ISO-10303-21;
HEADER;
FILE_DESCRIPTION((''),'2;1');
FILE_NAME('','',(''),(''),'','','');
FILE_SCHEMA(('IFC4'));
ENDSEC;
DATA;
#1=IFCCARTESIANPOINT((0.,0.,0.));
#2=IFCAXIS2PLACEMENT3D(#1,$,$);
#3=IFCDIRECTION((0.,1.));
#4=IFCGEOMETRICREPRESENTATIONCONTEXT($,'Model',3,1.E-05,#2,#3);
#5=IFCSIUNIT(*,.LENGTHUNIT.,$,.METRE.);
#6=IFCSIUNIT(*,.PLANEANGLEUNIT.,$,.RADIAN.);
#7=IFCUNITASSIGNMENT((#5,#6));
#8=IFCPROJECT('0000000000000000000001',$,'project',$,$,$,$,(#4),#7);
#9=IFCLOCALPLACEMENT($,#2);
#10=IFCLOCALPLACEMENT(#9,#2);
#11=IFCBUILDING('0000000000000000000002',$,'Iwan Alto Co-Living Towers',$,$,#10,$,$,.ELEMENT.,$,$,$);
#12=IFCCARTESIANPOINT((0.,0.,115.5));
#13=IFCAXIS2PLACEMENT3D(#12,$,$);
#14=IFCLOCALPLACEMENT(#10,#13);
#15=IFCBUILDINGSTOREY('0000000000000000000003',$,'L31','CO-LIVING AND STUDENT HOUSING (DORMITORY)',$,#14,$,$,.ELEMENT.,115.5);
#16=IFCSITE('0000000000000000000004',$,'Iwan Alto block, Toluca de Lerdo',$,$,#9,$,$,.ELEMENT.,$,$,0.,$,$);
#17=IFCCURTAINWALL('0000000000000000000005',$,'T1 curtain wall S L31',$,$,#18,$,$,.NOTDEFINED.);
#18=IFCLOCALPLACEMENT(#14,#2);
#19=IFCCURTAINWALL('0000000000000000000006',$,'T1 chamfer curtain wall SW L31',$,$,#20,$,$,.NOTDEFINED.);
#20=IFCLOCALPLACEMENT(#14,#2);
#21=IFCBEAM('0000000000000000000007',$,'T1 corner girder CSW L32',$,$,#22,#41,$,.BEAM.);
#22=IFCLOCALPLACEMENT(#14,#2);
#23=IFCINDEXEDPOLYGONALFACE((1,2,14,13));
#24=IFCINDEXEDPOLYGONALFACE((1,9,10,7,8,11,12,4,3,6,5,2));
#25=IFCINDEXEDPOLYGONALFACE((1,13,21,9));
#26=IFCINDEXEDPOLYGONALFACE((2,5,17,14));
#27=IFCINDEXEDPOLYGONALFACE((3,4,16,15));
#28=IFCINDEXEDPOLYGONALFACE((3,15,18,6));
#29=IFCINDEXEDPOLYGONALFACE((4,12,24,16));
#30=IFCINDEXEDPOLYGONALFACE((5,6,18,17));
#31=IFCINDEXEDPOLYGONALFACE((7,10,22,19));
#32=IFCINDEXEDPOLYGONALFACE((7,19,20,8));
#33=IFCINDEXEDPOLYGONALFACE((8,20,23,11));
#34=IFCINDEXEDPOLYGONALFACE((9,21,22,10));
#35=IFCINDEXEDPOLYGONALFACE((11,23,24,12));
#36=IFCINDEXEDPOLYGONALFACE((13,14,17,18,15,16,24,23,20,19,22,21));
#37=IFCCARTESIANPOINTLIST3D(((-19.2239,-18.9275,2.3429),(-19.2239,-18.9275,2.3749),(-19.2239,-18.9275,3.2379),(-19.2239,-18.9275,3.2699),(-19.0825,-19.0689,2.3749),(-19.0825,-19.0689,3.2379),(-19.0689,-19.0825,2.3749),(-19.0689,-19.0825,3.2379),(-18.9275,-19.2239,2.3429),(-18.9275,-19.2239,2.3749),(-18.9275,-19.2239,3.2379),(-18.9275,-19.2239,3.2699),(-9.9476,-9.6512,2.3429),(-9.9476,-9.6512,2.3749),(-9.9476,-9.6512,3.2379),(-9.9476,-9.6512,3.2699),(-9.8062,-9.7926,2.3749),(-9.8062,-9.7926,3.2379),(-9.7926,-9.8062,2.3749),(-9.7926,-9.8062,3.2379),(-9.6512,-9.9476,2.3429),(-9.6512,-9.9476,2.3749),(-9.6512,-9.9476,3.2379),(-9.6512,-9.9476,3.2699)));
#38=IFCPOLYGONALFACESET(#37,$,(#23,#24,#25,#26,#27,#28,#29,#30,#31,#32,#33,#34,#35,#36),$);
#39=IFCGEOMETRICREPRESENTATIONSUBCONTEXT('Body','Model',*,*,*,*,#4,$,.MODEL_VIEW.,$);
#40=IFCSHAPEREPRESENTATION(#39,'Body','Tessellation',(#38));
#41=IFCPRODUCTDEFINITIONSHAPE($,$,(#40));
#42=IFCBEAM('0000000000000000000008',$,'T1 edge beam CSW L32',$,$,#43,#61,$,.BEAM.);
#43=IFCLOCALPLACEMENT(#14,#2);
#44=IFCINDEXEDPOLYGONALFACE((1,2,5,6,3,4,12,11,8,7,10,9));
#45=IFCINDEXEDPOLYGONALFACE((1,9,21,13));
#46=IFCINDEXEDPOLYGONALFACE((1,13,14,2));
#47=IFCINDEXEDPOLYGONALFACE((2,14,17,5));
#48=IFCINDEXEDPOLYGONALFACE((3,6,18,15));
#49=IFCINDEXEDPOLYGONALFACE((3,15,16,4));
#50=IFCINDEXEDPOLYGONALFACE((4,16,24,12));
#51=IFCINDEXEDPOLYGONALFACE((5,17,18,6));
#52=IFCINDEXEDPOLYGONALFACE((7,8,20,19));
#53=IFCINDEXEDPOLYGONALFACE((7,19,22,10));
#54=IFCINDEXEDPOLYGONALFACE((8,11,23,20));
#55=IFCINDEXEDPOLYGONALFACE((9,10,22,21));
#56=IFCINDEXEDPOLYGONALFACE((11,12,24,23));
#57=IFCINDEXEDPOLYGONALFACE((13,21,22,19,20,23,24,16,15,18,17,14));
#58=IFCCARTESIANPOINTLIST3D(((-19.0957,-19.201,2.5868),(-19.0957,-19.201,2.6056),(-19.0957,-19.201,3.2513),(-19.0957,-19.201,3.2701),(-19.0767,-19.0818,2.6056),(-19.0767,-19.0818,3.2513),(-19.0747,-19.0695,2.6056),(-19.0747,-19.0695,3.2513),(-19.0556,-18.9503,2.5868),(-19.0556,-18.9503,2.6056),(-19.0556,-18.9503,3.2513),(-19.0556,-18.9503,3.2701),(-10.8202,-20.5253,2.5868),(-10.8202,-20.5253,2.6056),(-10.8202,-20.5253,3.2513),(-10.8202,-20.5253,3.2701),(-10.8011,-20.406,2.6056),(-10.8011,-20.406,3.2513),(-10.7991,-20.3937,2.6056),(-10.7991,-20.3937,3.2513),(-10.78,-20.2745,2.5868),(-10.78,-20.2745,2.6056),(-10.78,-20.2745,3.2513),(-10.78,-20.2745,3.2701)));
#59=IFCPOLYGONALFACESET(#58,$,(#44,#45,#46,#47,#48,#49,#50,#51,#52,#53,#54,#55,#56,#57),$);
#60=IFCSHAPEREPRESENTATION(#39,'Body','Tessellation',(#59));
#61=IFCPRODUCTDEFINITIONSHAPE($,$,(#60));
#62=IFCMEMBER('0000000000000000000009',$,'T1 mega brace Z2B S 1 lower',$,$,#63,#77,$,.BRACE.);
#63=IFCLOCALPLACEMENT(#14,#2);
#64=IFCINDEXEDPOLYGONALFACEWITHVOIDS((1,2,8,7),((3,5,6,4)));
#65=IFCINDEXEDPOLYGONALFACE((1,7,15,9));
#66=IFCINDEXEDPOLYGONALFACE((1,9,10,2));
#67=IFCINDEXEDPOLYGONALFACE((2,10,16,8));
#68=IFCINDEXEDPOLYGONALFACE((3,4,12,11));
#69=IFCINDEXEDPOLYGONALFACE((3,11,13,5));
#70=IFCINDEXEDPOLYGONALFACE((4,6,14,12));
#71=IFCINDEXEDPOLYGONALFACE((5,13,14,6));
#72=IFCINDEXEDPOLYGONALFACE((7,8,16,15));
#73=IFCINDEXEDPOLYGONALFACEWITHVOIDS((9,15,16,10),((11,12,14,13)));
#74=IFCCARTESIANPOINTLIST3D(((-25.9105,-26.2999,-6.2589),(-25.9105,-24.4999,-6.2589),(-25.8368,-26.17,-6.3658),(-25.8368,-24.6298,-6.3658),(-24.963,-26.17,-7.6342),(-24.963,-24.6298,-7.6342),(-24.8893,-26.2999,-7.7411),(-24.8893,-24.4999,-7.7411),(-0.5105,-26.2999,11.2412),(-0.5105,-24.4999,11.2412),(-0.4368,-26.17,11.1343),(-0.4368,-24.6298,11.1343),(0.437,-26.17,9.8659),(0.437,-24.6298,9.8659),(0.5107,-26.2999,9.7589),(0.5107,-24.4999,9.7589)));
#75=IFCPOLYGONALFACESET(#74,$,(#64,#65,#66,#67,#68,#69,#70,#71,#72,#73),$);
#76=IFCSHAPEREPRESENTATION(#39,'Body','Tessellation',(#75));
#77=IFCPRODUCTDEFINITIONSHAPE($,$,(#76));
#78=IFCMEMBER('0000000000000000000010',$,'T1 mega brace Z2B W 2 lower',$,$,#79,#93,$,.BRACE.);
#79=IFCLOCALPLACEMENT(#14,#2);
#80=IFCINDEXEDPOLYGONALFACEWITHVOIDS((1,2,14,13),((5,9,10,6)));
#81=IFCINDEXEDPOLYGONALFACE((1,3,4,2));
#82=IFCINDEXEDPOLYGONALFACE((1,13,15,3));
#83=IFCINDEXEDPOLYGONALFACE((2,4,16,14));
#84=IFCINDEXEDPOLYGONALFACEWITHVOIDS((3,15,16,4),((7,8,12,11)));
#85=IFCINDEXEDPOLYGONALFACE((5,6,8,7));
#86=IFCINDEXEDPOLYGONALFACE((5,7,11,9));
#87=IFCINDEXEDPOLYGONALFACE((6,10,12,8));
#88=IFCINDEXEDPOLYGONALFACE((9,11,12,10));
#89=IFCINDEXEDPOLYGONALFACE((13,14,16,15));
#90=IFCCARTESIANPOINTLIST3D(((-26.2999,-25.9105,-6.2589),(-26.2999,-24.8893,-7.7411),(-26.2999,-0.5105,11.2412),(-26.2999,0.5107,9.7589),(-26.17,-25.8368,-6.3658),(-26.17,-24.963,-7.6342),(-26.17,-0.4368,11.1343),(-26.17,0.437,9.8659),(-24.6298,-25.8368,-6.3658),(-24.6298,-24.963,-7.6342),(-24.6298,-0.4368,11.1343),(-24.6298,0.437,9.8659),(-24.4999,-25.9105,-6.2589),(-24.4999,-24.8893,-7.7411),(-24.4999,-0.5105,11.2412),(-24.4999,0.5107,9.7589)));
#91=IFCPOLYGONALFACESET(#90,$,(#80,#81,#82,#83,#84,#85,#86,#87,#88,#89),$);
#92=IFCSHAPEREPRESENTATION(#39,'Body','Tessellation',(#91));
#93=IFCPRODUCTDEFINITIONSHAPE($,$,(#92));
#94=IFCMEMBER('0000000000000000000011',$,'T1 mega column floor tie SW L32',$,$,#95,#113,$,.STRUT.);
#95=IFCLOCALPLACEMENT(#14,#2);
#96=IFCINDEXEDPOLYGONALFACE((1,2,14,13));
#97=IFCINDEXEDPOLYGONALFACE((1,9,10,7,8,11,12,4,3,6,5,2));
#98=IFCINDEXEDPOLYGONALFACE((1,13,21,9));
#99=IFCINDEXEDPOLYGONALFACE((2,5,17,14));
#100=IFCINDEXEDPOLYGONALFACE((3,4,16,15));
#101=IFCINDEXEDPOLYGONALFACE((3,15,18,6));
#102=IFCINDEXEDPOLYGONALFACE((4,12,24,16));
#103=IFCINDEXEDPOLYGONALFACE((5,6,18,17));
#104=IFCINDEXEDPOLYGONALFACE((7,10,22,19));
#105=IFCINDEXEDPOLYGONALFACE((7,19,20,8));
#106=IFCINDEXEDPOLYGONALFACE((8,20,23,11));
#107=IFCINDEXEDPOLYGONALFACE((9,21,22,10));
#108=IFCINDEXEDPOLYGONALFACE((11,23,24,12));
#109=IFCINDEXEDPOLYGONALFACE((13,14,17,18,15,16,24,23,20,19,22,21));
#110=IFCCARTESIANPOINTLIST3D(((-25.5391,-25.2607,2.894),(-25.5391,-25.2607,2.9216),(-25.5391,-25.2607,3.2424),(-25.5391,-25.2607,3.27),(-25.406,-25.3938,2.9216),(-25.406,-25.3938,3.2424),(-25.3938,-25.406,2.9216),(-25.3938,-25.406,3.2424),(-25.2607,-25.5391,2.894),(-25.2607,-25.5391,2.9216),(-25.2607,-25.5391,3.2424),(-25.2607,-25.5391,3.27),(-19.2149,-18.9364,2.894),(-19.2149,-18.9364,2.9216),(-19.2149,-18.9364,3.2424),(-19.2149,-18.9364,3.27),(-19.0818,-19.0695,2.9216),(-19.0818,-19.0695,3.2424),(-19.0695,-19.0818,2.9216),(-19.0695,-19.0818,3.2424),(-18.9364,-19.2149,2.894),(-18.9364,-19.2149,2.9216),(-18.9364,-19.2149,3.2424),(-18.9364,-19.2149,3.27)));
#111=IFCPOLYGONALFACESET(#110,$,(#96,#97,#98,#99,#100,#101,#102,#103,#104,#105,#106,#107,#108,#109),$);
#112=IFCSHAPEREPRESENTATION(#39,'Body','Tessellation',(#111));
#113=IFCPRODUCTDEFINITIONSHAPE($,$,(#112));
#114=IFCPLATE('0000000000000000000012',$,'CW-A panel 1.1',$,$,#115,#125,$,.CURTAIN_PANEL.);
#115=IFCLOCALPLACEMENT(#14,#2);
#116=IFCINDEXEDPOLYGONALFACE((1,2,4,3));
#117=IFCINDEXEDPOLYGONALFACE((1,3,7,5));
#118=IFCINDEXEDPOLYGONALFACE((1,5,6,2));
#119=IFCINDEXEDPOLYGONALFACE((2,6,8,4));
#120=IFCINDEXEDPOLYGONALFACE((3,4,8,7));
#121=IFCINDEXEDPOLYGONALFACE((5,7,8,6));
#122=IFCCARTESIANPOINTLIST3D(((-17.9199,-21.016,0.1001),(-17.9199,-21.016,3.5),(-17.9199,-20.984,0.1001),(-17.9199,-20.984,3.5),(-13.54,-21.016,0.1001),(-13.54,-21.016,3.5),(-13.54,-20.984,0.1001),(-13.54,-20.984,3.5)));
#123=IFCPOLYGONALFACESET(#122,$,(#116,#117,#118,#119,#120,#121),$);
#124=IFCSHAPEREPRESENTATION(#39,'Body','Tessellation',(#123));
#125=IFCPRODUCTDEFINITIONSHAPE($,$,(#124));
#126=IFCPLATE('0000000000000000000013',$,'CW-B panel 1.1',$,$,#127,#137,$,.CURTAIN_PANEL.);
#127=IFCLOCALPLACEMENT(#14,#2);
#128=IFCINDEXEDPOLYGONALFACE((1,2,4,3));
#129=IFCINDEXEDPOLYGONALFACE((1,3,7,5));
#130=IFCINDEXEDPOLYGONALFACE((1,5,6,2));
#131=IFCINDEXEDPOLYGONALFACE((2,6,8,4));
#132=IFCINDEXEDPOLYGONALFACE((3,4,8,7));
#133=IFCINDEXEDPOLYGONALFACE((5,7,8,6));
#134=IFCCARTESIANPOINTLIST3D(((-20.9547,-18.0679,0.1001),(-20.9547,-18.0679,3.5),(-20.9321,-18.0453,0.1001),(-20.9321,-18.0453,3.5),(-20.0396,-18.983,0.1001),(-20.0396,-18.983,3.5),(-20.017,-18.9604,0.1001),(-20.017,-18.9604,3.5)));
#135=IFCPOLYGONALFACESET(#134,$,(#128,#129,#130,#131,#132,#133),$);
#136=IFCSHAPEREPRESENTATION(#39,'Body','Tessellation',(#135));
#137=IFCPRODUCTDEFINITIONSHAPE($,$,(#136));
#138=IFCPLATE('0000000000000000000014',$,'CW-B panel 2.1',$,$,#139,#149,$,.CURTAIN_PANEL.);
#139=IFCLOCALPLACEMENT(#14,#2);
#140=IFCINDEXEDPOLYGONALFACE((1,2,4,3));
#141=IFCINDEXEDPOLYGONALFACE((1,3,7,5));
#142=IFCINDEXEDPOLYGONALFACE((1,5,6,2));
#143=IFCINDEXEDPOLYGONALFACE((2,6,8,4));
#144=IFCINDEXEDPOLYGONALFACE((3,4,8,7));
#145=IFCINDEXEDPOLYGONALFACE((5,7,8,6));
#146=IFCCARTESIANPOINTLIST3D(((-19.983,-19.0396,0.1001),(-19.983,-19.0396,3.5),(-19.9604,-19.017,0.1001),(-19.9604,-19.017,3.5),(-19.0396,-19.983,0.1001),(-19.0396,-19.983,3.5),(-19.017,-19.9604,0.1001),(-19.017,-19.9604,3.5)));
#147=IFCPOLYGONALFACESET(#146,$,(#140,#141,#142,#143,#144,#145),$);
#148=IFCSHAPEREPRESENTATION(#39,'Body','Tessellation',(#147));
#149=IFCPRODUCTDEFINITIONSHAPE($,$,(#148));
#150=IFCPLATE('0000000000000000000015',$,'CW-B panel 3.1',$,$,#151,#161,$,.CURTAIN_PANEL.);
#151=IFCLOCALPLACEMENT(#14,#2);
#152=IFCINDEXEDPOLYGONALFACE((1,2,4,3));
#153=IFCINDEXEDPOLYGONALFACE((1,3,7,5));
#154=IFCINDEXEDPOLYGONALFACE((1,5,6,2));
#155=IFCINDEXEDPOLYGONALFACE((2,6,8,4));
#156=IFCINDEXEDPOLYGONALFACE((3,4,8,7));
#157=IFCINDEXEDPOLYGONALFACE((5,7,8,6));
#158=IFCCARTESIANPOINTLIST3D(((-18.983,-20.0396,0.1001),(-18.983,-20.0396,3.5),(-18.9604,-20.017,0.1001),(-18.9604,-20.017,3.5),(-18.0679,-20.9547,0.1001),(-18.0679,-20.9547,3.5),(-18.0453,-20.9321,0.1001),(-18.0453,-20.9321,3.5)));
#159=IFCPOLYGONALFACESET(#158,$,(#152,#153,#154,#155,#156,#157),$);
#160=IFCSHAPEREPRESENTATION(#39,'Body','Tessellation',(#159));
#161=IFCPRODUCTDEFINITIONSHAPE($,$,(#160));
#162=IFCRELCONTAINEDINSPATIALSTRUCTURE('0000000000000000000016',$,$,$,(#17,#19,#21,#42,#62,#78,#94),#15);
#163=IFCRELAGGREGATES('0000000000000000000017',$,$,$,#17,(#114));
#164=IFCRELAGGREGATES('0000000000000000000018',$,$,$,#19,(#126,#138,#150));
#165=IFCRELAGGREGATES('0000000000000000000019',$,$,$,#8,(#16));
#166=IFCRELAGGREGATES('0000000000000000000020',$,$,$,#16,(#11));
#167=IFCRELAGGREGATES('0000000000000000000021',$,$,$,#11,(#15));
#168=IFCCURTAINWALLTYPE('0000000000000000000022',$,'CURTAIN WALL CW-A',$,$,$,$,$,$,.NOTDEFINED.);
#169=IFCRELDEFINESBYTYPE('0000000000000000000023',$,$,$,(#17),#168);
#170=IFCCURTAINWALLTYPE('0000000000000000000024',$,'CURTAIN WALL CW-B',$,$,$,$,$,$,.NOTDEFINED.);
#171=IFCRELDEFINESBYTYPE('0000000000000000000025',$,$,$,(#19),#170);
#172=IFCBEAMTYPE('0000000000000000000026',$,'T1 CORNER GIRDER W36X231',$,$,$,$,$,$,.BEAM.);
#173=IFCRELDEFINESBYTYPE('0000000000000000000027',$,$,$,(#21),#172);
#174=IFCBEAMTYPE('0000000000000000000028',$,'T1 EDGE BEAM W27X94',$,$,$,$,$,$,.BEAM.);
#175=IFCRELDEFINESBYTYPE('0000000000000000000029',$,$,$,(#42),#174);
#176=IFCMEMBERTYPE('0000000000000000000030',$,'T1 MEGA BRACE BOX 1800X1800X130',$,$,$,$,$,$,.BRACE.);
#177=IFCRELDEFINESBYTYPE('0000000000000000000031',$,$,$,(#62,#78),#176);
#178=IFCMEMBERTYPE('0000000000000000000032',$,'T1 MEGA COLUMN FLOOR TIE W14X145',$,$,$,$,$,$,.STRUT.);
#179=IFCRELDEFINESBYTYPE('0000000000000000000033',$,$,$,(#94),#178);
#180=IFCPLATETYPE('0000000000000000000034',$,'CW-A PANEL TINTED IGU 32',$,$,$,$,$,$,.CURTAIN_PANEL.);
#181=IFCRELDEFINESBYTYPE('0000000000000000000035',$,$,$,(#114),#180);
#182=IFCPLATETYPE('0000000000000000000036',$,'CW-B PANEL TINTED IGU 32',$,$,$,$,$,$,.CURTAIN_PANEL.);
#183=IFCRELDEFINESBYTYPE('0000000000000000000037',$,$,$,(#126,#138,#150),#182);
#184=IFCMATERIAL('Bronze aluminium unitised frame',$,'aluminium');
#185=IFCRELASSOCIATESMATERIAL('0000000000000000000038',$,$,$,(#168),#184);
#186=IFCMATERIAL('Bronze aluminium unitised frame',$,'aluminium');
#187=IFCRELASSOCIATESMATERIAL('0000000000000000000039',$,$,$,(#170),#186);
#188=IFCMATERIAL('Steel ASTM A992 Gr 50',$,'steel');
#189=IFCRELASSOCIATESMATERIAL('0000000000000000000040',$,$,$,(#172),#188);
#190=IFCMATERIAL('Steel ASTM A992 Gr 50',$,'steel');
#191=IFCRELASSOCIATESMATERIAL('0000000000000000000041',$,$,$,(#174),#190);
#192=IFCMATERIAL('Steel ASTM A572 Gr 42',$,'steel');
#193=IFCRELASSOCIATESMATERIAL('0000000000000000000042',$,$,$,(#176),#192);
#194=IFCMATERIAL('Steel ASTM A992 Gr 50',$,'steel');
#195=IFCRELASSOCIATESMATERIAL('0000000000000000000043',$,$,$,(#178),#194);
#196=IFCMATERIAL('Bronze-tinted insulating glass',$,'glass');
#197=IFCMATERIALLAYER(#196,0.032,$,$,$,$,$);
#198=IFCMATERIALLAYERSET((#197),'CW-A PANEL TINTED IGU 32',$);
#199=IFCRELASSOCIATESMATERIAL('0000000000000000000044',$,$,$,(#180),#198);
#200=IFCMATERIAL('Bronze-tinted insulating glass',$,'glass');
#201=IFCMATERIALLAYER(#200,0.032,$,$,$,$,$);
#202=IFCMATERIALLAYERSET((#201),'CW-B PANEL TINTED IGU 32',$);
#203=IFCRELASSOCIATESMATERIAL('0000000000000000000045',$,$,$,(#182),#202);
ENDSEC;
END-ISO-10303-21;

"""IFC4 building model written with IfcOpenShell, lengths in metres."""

from ifc_helpers import new_model, si_unit, direction, frame, origin, origin_2d, place, context, subcontext, project, spatial, rectangle, hollow_rectangle, i_section, extrude, material, layer, layer_set, material_profile, profile_set, type_object, element, aggregate, save


model = new_model("IFC4")

# Units and contexts
model_context = context("Model", 3, precision=1e-05, world=origin(), true_north=direction((0.0, 1.0)))
body_context = subcontext(model_context, "Body", "Model", "MODEL_VIEW")
ifc_project = project(units=[si_unit("LENGTHUNIT", "METRE"), si_unit("PLANEANGLEUNIT", "RADIAN")], contexts=[model_context])

# Site, building, storey
site_placement = place(None, origin())
site = spatial("IfcSite", under=ifc_project, at=site_placement, Name="Iwan Alto block, Toluca de Lerdo", CompositionType="ELEMENT", RefElevation=0.0)
building_placement = place(site_placement, origin())
building = spatial("IfcBuilding", under=site, at=building_placement, Name="Iwan Alto Co-Living Towers", CompositionType="ELEMENT")
storey_placement = place(building_placement, frame((0.0, 0.0, 115.5)))
storey = spatial("IfcBuildingStorey", under=building, at=storey_placement, Name="L31", Description="CO-LIVING AND STUDENT HOUSING (DORMITORY)", CompositionType="ELEMENT", Elevation=115.5)

# Curtain walls
ifc_material_1 = material(Name="Bronze aluminium unitised frame", Category="aluminium")
curtain_wall_type_1 = type_object("IfcCurtainWallType", Name="CURTAIN WALL CW-A", PredefinedType="NOTDEFINED", material=ifc_material_1)
curtain_wall_1_placement = place(storey_placement, origin())
curtain_wall_1 = element("IfcCurtainWall", 1, at=curtain_wall_1_placement, inside=storey, type_object=curtain_wall_type_1, Name="T1 curtain wall S L31", PredefinedType="NOTDEFINED")
ifc_material_2 = material(Name="Bronze aluminium unitised frame", Category="aluminium")
curtain_wall_type_2 = type_object("IfcCurtainWallType", Name="CURTAIN WALL CW-B", PredefinedType="NOTDEFINED", material=ifc_material_2)
curtain_wall_2_placement = place(storey_placement, origin())
curtain_wall_2 = element("IfcCurtainWall", 2, at=curtain_wall_2_placement, inside=storey, type_object=curtain_wall_type_2, Name="T1 chamfer curtain wall SW L31", PredefinedType="NOTDEFINED")

# Beams
ifc_material_3 = material(Name="Steel ASTM A992 Gr 50", Category="steel")
ifc_material_profile_1 = material_profile(ifc_material_3, i_section(OverallWidth=0.4192, OverallDepth=0.927, WebThickness=0.0193, FlangeThickness=0.032, at=origin_2d()), Name="W36X231")
ifc_profile_set_1 = profile_set([ifc_material_profile_1], Name="Steel ASTM A992 Gr 50")
beam_type_1 = type_object("IfcBeamType", Name="T1 CORNER GIRDER W36X231", PredefinedType="BEAM", material=ifc_profile_set_1)
beam_1_placement = place(storey_placement, frame((-19.0757, -19.0757, 2.8064), z_axis=(0.707107, 0.707107, 0.0), x_axis=(-0.707107, 0.707107, 0.0)))
element("IfcBeam", 3, at=beam_1_placement, inside=storey, type_object=beam_type_1, Name="T1 corner girder CSW L32", PredefinedType="BEAM", context=body_context, shape_type="SweptSolid", body=[
    extrude(i_section(OverallWidth=0.4192, OverallDepth=0.927, WebThickness=0.0193, FlangeThickness=0.032, at=origin_2d()), origin(), (0.0, 0.0, 1.0), 13.1187),
])
ifc_material_4 = material(Name="Steel ASTM A992 Gr 50", Category="steel")
ifc_material_profile_2 = material_profile(ifc_material_4, i_section(OverallWidth=0.2539, OverallDepth=0.6833, WebThickness=0.0125, FlangeThickness=0.0188, at=origin_2d()), Name="W27X94")
ifc_profile_set_2 = profile_set([ifc_material_profile_2], Name="Steel ASTM A992 Gr 50")
beam_type_2 = type_object("IfcBeamType", Name="T1 EDGE BEAM W27X94", PredefinedType="BEAM", material=ifc_profile_set_2)
beam_2_placement = place(storey_placement, frame((-19.0757, -19.0757, 2.9285), z_axis=(0.987438, -0.158004, 0.0), x_axis=(0.158004, 0.987438, 0.0)))
element("IfcBeam", 4, at=beam_2_placement, inside=storey, type_object=beam_type_2, Name="T1 edge beam CSW L32", PredefinedType="BEAM", context=body_context, shape_type="SweptSolid", body=[
    extrude(i_section(OverallWidth=0.2539, OverallDepth=0.6833, WebThickness=0.0125, FlangeThickness=0.0188, at=origin_2d()), origin(), (0.0, 0.0, 1.0), 8.3809),
])

# Members
ifc_material_5 = material(Name="Steel ASTM A572 Gr 42", Category="steel")
ifc_material_profile_3 = material_profile(ifc_material_5, hollow_rectangle(XDim=1.8, YDim=1.8, WallThickness=0.1299, at=origin_2d()), Name="BOX 1800X1800X130")
ifc_profile_set_3 = profile_set([ifc_material_profile_3], Name="Steel ASTM A572 Gr 42")
member_type_1 = type_object("IfcMemberType", Name="T1 MEGA BRACE BOX 1800X1800X130", PredefinedType="BRACE", material=ifc_profile_set_3)
for number, where, z_axis, x_axis, name in (
    (5, (-25.3999, -25.3999, -7.0), (0.823473, 0.0, 0.567356), (0.0, 1.0, 0.0), "T1 mega brace Z2B S 1 lower"),
    (6, (-25.3999, -25.3999, -7.0), (0.0, 0.823473, 0.567356), (-1.0, 0.0, 0.0), "T1 mega brace Z2B W 2 lower"),
):
    element("IfcMember", number, at=place(storey_placement, frame(where, z_axis=z_axis, x_axis=x_axis)), inside=storey, type_object=member_type_1, Name=name, PredefinedType="BRACE", context=body_context, shape_type="SweptSolid", body=[
        extrude(hollow_rectangle(XDim=1.8, YDim=1.8, WallThickness=0.1299, at=origin_2d()), origin(), (0.0, 0.0, 1.0), 30.845),
    ])
ifc_material_6 = material(Name="Steel ASTM A992 Gr 50", Category="steel")
ifc_material_profile_4 = material_profile(ifc_material_6, i_section(OverallWidth=0.3938, OverallDepth=0.376, WebThickness=0.0173, FlangeThickness=0.0276, at=origin_2d()), Name="W14X145")
ifc_profile_set_4 = profile_set([ifc_material_profile_4], Name="Steel ASTM A992 Gr 50")
member_type_2 = type_object("IfcMemberType", Name="T1 MEGA COLUMN FLOOR TIE W14X145", PredefinedType="STRUT", material=ifc_profile_set_4)
member_1_placement = place(storey_placement, frame((-25.3999, -25.3999, 3.082), z_axis=(0.707107, 0.707107, 0.0), x_axis=(-0.707107, 0.707107, 0.0)))
element("IfcMember", 7, at=member_1_placement, inside=storey, type_object=member_type_2, Name="T1 mega column floor tie SW L32", PredefinedType="STRUT", context=body_context, shape_type="SweptSolid", body=[
    extrude(i_section(OverallWidth=0.3938, OverallDepth=0.376, WebThickness=0.0173, FlangeThickness=0.0276, at=origin_2d()), origin(), (0.0, 0.0, 1.0), 8.9438),
])

# Plates
ifc_material_7 = material(Name="Bronze-tinted insulating glass", Category="glass")
ifc_layer_1 = layer(ifc_material_7, 0.032)
ifc_layer_set_1 = layer_set([ifc_layer_1], Name="CW-A PANEL TINTED IGU 32")
plate_type_1 = type_object("IfcPlateType", Name="CW-A PANEL TINTED IGU 32", PredefinedType="CURTAIN_PANEL", material=ifc_layer_set_1)
plate_1_placement = place(storey_placement, frame((-15.73, -21.0, 0.1001), z_axis=(0.0, 0.0, 1.0), x_axis=(1.0, 0.0, 0.0)))
plate_1 = element("IfcPlate", 8, at=plate_1_placement, type_object=plate_type_1, Name="CW-A panel 1.1", PredefinedType="CURTAIN_PANEL", context=body_context, shape_type="SweptSolid", body=[
    extrude(rectangle(XDim=4.3799, YDim=0.032, at=origin_2d()), origin(), (0.0, 0.0, 1.0), 3.3999),
])
aggregate(curtain_wall_1, [plate_1])
ifc_material_8 = material(Name="Bronze-tinted insulating glass", Category="glass")
ifc_layer_2 = layer(ifc_material_8, 0.032)
ifc_layer_set_2 = layer_set([ifc_layer_2], Name="CW-B PANEL TINTED IGU 32")
plate_type_2 = type_object("IfcPlateType", Name="CW-B PANEL TINTED IGU 32", PredefinedType="CURTAIN_PANEL", material=ifc_layer_set_2)
plate_2_placement = place(storey_placement, frame((-20.4858, -18.5142, 0.1001), z_axis=(0.0, 0.0, 1.0), x_axis=(0.707107, -0.707107, 0.0)))
plate_2 = element("IfcPlate", 9, at=plate_2_placement, type_object=plate_type_2, Name="CW-B panel 1.1", PredefinedType="CURTAIN_PANEL", context=body_context, shape_type="SweptSolid", body=[
    extrude(rectangle(XDim=1.2942, YDim=0.032, at=origin_2d()), origin(), (0.0, 0.0, 1.0), 3.3999),
])
plate_3_placement = place(storey_placement, frame((-19.5, -19.5, 0.1001), z_axis=(0.0, 0.0, 1.0), x_axis=(0.707107, -0.707107, 0.0)))
plate_3 = element("IfcPlate", 10, at=plate_3_placement, type_object=plate_type_2, Name="CW-B panel 2.1", PredefinedType="CURTAIN_PANEL", context=body_context, shape_type="SweptSolid", body=[
    extrude(rectangle(XDim=1.3342, YDim=0.032, at=origin_2d()), origin(), (0.0, 0.0, 1.0), 3.3999),
])
plate_4_placement = place(storey_placement, frame((-18.5142, -20.4858, 0.1001), z_axis=(0.0, 0.0, 1.0), x_axis=(0.707107, -0.707107, 0.0)))
plate_4 = element("IfcPlate", 11, at=plate_4_placement, type_object=plate_type_2, Name="CW-B panel 3.1", PredefinedType="CURTAIN_PANEL", context=body_context, shape_type="SweptSolid", body=[
    extrude(rectangle(XDim=1.2942, YDim=0.032, at=origin_2d()), origin(), (0.0, 0.0, 1.0), 3.3999),
])
aggregate(curtain_wall_2, [plate_2, plate_3, plate_4])

save(model, "model.ifc")
